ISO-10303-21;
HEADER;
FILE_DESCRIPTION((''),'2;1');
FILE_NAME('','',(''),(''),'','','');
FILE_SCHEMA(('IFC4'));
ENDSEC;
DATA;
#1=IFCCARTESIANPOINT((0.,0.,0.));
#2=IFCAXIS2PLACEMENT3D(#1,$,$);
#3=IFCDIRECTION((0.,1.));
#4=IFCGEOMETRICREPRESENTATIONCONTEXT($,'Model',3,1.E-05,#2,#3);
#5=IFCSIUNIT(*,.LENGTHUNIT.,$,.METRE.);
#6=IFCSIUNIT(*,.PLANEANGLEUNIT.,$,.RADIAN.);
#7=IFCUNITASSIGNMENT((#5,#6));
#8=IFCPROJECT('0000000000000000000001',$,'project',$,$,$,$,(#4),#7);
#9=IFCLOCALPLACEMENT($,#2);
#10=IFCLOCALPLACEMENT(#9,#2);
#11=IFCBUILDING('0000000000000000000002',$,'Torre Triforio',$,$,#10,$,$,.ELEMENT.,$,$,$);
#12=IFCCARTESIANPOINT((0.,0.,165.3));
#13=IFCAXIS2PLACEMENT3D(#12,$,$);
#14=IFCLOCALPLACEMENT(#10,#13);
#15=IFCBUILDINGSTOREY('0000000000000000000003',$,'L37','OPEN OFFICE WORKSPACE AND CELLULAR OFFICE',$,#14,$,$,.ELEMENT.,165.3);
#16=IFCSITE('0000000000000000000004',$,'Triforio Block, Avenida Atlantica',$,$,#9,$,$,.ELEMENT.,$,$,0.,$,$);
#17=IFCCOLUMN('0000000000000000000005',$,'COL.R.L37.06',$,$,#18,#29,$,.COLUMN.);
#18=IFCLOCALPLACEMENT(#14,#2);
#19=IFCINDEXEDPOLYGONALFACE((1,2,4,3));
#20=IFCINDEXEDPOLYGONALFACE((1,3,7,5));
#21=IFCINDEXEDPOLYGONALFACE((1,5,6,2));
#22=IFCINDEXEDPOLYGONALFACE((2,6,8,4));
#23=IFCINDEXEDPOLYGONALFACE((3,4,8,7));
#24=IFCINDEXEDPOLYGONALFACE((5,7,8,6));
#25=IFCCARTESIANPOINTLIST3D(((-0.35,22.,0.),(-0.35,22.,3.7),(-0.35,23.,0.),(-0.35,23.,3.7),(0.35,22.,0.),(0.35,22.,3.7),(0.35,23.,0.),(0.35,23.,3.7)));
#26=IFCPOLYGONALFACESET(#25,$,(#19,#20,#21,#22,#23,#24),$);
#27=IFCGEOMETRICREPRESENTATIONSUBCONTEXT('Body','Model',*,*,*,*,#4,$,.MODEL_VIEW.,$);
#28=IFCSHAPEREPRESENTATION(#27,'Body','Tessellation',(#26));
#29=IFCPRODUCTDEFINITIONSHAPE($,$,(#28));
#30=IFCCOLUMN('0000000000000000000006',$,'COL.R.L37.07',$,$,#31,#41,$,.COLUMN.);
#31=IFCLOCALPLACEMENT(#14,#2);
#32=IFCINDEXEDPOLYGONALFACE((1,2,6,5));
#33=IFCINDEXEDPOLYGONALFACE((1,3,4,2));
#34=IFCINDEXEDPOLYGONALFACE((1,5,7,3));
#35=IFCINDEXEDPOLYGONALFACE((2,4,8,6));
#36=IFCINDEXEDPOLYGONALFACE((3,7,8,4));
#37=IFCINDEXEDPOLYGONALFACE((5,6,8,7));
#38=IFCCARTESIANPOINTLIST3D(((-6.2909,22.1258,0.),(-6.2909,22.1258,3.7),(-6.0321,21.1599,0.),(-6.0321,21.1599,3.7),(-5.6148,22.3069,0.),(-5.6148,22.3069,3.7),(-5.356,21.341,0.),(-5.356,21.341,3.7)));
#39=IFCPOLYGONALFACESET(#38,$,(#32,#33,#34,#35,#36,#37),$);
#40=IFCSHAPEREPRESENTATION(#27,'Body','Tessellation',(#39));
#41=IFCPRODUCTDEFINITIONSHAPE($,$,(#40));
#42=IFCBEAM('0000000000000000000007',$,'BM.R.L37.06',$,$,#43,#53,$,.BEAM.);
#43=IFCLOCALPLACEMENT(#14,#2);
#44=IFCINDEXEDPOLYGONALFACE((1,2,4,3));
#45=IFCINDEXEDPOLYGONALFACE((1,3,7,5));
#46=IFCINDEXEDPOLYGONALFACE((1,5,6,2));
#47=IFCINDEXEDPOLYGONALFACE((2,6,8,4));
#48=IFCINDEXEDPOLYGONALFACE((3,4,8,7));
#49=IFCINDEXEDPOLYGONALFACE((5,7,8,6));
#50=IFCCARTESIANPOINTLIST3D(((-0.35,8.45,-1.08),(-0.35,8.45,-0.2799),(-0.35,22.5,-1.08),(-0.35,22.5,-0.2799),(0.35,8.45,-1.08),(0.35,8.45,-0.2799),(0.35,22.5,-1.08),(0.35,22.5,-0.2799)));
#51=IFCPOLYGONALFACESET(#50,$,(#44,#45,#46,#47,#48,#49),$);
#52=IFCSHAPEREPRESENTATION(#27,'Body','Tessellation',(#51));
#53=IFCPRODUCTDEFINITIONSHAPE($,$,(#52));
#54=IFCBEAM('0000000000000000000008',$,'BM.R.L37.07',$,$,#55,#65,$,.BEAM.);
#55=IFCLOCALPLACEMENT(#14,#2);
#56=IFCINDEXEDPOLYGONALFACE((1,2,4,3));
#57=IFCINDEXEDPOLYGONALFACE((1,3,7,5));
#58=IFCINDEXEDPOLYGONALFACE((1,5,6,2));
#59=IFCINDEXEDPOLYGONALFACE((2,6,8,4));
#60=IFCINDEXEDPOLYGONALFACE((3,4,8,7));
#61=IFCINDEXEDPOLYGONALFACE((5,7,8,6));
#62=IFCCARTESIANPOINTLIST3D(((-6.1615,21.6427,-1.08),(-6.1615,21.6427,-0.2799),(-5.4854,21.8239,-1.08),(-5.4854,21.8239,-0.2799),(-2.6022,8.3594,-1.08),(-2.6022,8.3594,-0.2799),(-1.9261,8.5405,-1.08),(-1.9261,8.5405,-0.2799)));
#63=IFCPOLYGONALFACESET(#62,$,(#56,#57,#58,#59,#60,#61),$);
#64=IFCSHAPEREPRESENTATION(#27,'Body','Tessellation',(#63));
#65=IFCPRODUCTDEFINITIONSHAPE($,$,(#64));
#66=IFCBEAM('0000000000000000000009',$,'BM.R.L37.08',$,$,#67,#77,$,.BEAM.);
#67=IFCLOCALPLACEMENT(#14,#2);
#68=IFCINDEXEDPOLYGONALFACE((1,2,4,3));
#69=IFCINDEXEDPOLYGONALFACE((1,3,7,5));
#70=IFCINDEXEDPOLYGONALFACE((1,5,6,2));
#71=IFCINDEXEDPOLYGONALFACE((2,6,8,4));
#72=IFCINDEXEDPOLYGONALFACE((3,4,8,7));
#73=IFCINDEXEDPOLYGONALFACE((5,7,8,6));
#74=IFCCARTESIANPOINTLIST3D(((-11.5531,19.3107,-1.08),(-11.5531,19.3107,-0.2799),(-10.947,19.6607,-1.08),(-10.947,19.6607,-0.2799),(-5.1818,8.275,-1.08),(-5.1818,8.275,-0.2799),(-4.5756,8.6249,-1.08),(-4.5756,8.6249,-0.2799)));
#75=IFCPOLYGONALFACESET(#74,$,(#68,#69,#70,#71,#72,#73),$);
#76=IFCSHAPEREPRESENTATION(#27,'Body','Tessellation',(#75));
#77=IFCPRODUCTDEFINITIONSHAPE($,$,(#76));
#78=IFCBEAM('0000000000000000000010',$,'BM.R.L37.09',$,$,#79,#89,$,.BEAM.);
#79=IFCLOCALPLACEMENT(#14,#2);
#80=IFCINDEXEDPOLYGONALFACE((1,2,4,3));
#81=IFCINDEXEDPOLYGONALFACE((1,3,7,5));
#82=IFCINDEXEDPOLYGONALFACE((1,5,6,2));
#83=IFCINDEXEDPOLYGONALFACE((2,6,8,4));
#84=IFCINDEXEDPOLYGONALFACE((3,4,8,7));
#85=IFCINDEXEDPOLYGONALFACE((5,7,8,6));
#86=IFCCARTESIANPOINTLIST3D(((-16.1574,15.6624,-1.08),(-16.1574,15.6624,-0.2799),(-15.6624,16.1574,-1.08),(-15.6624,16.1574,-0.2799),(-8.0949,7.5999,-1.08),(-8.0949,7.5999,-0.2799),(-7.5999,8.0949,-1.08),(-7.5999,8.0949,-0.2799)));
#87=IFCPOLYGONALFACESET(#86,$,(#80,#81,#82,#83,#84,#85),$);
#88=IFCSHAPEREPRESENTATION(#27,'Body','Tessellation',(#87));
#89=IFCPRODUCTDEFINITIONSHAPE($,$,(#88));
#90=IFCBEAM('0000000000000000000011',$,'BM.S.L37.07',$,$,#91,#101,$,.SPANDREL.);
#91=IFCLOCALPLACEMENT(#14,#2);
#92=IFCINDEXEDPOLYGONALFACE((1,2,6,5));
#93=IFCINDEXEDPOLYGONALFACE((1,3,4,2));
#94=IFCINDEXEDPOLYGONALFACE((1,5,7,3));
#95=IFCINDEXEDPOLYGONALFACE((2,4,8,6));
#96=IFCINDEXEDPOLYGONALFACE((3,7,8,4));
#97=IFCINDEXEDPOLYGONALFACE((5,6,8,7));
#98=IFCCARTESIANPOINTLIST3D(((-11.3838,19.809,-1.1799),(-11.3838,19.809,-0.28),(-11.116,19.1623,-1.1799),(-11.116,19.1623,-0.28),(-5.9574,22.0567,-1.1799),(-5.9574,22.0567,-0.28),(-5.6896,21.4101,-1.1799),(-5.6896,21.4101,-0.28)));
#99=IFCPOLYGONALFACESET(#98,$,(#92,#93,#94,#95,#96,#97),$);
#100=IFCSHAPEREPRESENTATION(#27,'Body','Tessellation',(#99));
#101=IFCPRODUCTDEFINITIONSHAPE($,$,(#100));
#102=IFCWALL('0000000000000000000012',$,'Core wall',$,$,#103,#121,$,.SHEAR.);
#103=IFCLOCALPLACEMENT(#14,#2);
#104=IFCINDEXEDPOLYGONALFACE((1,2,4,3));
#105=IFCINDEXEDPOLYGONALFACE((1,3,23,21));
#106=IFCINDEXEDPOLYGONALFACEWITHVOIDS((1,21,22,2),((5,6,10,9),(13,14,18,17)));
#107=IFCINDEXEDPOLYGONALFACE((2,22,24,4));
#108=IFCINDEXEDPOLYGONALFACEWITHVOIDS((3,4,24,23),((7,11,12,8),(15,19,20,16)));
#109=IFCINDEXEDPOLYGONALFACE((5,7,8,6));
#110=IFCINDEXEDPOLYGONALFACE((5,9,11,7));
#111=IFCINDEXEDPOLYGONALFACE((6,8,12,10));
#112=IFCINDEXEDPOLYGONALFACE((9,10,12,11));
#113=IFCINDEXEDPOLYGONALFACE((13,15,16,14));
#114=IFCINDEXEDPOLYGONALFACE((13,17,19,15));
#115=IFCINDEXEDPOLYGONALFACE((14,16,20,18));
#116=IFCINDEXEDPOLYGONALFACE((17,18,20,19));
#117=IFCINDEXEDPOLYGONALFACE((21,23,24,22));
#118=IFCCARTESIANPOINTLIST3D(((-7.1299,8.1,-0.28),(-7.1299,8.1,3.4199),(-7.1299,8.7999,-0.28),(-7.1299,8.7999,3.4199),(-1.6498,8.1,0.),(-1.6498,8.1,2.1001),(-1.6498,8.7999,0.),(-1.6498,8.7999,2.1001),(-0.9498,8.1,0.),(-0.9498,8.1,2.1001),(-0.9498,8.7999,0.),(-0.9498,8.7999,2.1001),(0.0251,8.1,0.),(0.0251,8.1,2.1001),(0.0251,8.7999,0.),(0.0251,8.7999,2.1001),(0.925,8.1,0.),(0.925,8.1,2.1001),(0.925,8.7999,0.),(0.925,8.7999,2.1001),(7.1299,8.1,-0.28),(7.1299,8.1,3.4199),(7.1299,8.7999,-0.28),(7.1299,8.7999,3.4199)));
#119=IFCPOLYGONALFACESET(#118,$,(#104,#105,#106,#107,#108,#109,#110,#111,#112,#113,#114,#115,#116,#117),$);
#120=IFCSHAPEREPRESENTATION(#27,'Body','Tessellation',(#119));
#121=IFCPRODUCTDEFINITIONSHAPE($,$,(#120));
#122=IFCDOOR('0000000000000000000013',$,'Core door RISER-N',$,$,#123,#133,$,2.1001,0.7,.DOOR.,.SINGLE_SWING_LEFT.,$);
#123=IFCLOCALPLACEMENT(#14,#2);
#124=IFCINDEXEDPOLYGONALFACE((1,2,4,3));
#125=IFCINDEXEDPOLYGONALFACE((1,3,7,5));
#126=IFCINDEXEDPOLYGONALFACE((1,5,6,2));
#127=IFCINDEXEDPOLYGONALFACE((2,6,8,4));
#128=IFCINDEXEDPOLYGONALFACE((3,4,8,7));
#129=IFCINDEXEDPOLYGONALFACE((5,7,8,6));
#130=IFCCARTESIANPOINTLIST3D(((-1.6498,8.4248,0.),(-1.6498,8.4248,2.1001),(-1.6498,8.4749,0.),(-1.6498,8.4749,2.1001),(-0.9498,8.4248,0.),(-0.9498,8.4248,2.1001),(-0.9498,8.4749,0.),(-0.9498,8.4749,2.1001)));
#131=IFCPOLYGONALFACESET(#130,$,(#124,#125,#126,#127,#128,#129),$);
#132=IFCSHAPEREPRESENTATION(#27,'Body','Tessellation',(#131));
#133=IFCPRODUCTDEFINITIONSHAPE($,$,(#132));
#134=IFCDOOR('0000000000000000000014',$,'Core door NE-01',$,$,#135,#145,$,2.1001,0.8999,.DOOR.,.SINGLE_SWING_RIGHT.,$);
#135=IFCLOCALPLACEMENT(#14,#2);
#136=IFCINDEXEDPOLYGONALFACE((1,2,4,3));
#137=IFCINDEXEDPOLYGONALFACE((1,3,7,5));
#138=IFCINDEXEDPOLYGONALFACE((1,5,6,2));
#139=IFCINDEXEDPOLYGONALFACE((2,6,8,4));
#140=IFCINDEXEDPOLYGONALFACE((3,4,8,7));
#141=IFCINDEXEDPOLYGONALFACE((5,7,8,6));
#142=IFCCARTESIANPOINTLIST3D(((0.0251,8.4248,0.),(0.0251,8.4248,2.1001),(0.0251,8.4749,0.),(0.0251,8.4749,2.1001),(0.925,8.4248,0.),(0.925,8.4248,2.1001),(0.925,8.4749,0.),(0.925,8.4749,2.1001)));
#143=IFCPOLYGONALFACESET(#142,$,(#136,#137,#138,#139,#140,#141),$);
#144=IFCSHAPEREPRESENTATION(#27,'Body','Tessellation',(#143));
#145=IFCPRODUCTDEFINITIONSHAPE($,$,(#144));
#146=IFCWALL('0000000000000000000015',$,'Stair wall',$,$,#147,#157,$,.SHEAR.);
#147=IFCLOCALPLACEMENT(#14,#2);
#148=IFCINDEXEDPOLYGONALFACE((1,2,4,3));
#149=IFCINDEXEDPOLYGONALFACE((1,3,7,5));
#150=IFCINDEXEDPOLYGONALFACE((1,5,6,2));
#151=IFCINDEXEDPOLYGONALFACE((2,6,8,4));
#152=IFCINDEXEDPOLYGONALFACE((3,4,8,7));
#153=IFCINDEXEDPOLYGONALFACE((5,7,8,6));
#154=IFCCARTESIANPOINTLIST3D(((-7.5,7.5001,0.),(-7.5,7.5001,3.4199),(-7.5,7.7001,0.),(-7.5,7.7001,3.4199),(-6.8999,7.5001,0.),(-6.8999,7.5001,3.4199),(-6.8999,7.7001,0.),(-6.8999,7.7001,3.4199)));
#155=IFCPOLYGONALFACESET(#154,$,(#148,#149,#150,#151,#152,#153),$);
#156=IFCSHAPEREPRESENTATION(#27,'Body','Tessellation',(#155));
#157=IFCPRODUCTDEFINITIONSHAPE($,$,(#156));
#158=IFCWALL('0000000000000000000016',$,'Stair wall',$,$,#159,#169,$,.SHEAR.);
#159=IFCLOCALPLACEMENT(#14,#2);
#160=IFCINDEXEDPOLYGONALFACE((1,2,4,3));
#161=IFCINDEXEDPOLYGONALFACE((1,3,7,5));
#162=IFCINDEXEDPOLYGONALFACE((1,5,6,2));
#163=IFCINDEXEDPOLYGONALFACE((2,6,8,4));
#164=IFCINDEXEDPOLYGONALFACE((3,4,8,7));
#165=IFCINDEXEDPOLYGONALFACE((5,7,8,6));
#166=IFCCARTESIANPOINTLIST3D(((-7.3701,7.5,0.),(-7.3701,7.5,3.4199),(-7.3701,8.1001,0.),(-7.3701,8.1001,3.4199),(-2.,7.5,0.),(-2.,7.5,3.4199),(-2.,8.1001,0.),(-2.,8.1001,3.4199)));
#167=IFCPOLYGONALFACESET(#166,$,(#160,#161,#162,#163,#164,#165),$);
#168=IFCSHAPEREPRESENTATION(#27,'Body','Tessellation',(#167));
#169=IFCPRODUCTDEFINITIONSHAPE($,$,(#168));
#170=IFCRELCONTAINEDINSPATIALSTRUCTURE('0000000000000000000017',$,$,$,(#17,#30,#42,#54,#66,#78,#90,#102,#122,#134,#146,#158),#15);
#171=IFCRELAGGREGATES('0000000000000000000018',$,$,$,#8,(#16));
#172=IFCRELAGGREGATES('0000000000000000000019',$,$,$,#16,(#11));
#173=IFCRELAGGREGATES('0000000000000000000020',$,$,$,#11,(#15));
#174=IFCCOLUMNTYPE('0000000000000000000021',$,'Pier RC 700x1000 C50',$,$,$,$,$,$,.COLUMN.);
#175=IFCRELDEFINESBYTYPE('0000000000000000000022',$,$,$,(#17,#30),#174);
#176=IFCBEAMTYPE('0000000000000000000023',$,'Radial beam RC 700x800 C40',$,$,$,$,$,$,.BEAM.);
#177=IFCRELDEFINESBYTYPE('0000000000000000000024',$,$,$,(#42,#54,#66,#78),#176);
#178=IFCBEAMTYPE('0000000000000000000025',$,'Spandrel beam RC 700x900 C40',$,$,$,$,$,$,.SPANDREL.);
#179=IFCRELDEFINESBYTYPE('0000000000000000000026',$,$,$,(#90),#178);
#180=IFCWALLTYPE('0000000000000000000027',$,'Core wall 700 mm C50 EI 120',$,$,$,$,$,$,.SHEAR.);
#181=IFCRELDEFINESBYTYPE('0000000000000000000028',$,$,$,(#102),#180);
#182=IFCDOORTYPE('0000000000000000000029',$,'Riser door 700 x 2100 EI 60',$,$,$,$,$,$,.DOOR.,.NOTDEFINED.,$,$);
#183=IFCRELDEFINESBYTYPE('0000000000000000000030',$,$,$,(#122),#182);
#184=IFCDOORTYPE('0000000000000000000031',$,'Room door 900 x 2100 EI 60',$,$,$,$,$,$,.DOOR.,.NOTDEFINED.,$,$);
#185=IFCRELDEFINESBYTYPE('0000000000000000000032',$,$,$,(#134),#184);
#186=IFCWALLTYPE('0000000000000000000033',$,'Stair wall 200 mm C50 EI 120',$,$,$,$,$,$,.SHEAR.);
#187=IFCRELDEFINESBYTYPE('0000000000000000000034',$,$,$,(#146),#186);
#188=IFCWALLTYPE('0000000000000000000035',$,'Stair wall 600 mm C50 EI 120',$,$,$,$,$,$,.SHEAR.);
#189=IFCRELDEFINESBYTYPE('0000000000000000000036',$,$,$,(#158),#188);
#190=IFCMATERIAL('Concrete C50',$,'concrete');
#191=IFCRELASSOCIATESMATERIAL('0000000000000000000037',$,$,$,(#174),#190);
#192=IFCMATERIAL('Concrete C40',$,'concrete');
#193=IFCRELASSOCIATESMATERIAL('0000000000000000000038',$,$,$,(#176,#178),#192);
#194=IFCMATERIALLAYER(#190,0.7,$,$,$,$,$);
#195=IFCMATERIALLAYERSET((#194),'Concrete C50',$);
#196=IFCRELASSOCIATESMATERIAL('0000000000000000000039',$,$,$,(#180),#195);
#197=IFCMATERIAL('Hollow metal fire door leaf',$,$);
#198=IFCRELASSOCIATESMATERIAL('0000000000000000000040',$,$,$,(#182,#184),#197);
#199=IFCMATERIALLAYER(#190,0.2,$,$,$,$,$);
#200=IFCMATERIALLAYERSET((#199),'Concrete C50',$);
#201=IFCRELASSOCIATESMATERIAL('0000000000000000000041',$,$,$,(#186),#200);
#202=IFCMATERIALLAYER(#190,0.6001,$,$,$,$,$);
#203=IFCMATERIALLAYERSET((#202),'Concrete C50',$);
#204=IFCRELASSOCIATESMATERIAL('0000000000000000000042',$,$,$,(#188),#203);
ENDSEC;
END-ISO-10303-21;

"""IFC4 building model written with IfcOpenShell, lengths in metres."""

from ifc_helpers import new_model, si_unit, direction, frame, frame_2d, origin, origin_2d, place, context, subcontext, project, spatial, rectangle, extrude, material, layer, layer_set, material_profile, profile_set, type_object, element, fill, save


model = new_model("IFC4")

# Units and contexts
model_context = context("Model", 3, precision=1e-05, world=origin(), true_north=direction((0.0, 1.0)))
body_context = subcontext(model_context, "Body", "Model", "MODEL_VIEW")
ifc_project = project(units=[si_unit("LENGTHUNIT", "METRE"), si_unit("PLANEANGLEUNIT", "RADIAN")], contexts=[model_context])

# Site, building, storey
site_placement = place(None, origin())
site = spatial("IfcSite", under=ifc_project, at=site_placement, Name="Triforio Block, Avenida Atlantica", CompositionType="ELEMENT", RefElevation=0.0)
building_placement = place(site_placement, origin())
building = spatial("IfcBuilding", under=site, at=building_placement, Name="Torre Triforio", CompositionType="ELEMENT")
storey_placement = place(building_placement, frame((0.0, 0.0, 165.3)))
storey = spatial("IfcBuildingStorey", under=building, at=storey_placement, Name="L37", Description="OPEN OFFICE WORKSPACE AND CELLULAR OFFICE", CompositionType="ELEMENT", Elevation=165.3)

# Columns
ifc_material_1 = material(Name="Concrete C50", Category="concrete")
ifc_material_profile_1 = material_profile(ifc_material_1, rectangle(XDim=0.7, YDim=1.0, at=origin_2d()), Name="RC 700x1000")
ifc_profile_set_1 = profile_set([ifc_material_profile_1], Name="Concrete C50")
column_type = type_object("IfcColumnType", Name="Pier RC 700x1000 C50", PredefinedType="COLUMN", material=ifc_profile_set_1)
for number, where, z_axis, x_axis, name in (
    (1, (0.0, 22.5, 0.0), (0.0, 0.0, 1.0), (-1.0, 0.0, 0.0), "COL.R.L37.06"),
    (2, (-5.8235, 21.7334, 0.0), (0.0, 0.0, 1.0), (-0.965926, -0.258819, 0.0), "COL.R.L37.07"),
):
    element("IfcColumn", number, at=place(storey_placement, frame(where, z_axis=z_axis, x_axis=x_axis)), inside=storey, type_object=column_type, Name=name, PredefinedType="COLUMN", context=body_context, shape_type="SweptSolid", body=[
        extrude(rectangle(XDim=0.7, YDim=1.0, at=origin_2d()), origin(), (0.0, 0.0, 1.0), 3.7),
    ])

# Beams
ifc_material_2 = material(Name="Concrete C40", Category="concrete")
ifc_material_profile_2 = material_profile(ifc_material_2, rectangle(XDim=0.7, YDim=0.8, at=origin_2d()), Name="RC 700x800")
ifc_profile_set_2 = profile_set([ifc_material_profile_2], Name="Concrete C40")
beam_type_1 = type_object("IfcBeamType", Name="Radial beam RC 700x800 C40", PredefinedType="BEAM", material=ifc_profile_set_2)
beam_1_placement = place(storey_placement, frame((0.0, 8.45, -0.6799), z_axis=(0.0, 1.0, 0.0), x_axis=(-1.0, 0.0, 0.0)))
element("IfcBeam", 3, at=beam_1_placement, inside=storey, type_object=beam_type_1, Name="BM.R.L37.06", PredefinedType="BEAM", context=body_context, shape_type="SweptSolid", body=[
    extrude(rectangle(XDim=0.7, YDim=0.8, at=origin_2d()), origin(), (0.0, 0.0, 1.0), 14.05),
])
beam_2_placement = place(storey_placement, frame((-2.2642, 8.45, -0.6799), z_axis=(-0.258822, 0.965925, 0.0), x_axis=(-0.965925, -0.258822, 0.0)))
element("IfcBeam", 4, at=beam_2_placement, inside=storey, type_object=beam_type_1, Name="BM.R.L37.07", PredefinedType="BEAM", context=body_context, shape_type="SweptSolid", body=[
    extrude(rectangle(XDim=0.7, YDim=0.8, at=origin_2d()), origin(), (0.0, 0.0, 1.0), 13.752),
])
beam_3_placement = place(storey_placement, frame((-4.8787, 8.45, -0.6799), z_axis=(-0.499994, 0.866029, 0.0), x_axis=(-0.866029, -0.499994, 0.0)))
element("IfcBeam", 5, at=beam_3_placement, inside=storey, type_object=beam_type_1, Name="BM.R.L37.08", PredefinedType="BEAM", context=body_context, shape_type="SweptSolid", body=[
    extrude(rectangle(XDim=0.7, YDim=0.8, at=origin_2d()), origin(), (0.0, 0.0, 1.0), 12.7429),
])
beam_4_placement = place(storey_placement, frame((-7.8474, 7.8474, -0.6799), z_axis=(-0.707107, 0.707107, 0.0), x_axis=(-0.707107, -0.707107, 0.0)))
element("IfcBeam", 6, at=beam_4_placement, inside=storey, type_object=beam_type_1, Name="BM.R.L37.09", PredefinedType="BEAM", context=body_context, shape_type="SweptSolid", body=[
    extrude(rectangle(XDim=0.7, YDim=0.8, at=origin_2d()), origin(), (0.0, 0.0, 1.0), 11.4021),
])
ifc_material_profile_3 = material_profile(ifc_material_2, rectangle(XDim=0.7, YDim=0.8999, at=origin_2d()), Name="RC 700x900")
ifc_profile_set_3 = profile_set([ifc_material_profile_3], Name="Concrete C40")
beam_type_2 = type_object("IfcBeamType", Name="Spandrel beam RC 700x900 C40", PredefinedType="SPANDREL", material=ifc_profile_set_3)
beam_5_placement = place(storey_placement, frame((-5.8235, 21.7334, -0.73), z_axis=(-0.923875, -0.382693, 0.0), x_axis=(0.382693, -0.923875, 0.0)))
element("IfcBeam", 7, at=beam_5_placement, inside=storey, type_object=beam_type_2, Name="BM.S.L37.07", PredefinedType="SPANDREL", context=body_context, shape_type="SweptSolid", body=[
    extrude(rectangle(XDim=0.7, YDim=0.8999, at=origin_2d()), origin(), (0.0, 0.0, 1.0), 5.8735),
])

# Wall, openings, doors
ifc_layer_1 = layer(ifc_material_1, 0.7)
ifc_layer_set_1 = layer_set([ifc_layer_1], Name="Concrete C50")
wall_type_1 = type_object("IfcWallType", Name="Core wall 700 mm C50 EI 120", PredefinedType="SHEAR", material=ifc_layer_set_1)
wall_1_placement = place(storey_placement, frame((-7.1299, 8.45, -0.28), z_axis=(0.0, 0.0, 1.0), x_axis=(1.0, 0.0, 0.0)))
wall_1 = element("IfcWall", 8, at=wall_1_placement, inside=storey, type_object=wall_type_1, Name="Core wall", PredefinedType="SHEAR", context=body_context, shape_type="SweptSolid", body=[
    extrude(rectangle(XDim=14.2598, YDim=0.7, at=frame_2d((7.1299, 0.0))), origin(), (0.0, 0.0, 1.0), 3.7),
])
opening_1_placement = place(wall_1_placement, frame((5.48, 0.0, 0.28)))
opening_1 = element("IfcOpeningElement", 9, at=opening_1_placement, cuts=wall_1, PredefinedType="OPENING", context=body_context, shape_type="SweptSolid", body=[
    extrude(rectangle(XDim=0.7, YDim=2.1001, at=frame_2d((0.3501, 1.05))), frame((0.0, 0.3599, 0.0), z_axis=(0.0, -1.0, 0.0), x_axis=(1.0, 0.0, 0.0)), (0.0, 0.0, 1.0), 0.72),
])
opening_2_placement = place(wall_1_placement, frame((7.155, 0.0, 0.28)))
opening_2 = element("IfcOpeningElement", 10, at=opening_2_placement, cuts=wall_1, PredefinedType="OPENING", context=body_context, shape_type="SweptSolid", body=[
    extrude(rectangle(XDim=0.8999, YDim=2.1001, at=frame_2d((0.45, 1.05))), frame((0.0, 0.3599, 0.0), z_axis=(0.0, -1.0, 0.0), x_axis=(1.0, 0.0, 0.0)), (0.0, 0.0, 1.0), 0.72),
])
ifc_material_3 = material(Name="Hollow metal fire door leaf")
door_type_1 = type_object("IfcDoorType", Name="Riser door 700 x 2100 EI 60", OperationType="NOTDEFINED", PredefinedType="DOOR", material=ifc_material_3)
door_1_placement = place(opening_1_placement, origin())
door_1 = element("IfcDoor", 11, at=door_1_placement, inside=storey, type_object=door_type_1, Name="Core door RISER-N", OperationType="SINGLE_SWING_LEFT", OverallHeight=2.1001, OverallWidth=0.7, PredefinedType="DOOR", context=body_context, shape_type="SweptSolid", body=[
    extrude(rectangle(XDim=0.7, YDim=2.1001, at=frame_2d((0.3501, 1.05))), frame((0.0, 0.0249, 0.0), z_axis=(0.0, -1.0, 0.0), x_axis=(1.0, 0.0, 0.0)), (0.0, 0.0, 1.0), 0.05),
])
fill(opening_1, door_1)
door_type_2 = type_object("IfcDoorType", Name="Room door 900 x 2100 EI 60", OperationType="NOTDEFINED", PredefinedType="DOOR", material=ifc_material_3)
door_2_placement = place(opening_2_placement, origin())
door_2 = element("IfcDoor", 12, at=door_2_placement, inside=storey, type_object=door_type_2, Name="Core door NE-01", OperationType="SINGLE_SWING_RIGHT", OverallHeight=2.1001, OverallWidth=0.8999, PredefinedType="DOOR", context=body_context, shape_type="SweptSolid", body=[
    extrude(rectangle(XDim=0.8999, YDim=2.1001, at=frame_2d((0.45, 1.05))), frame((0.0, 0.0249, 0.0), z_axis=(0.0, -1.0, 0.0), x_axis=(1.0, 0.0, 0.0)), (0.0, 0.0, 1.0), 0.05),
])
fill(opening_2, door_2)

# Walls
ifc_layer_2 = layer(ifc_material_1, 0.2)
ifc_layer_set_2 = layer_set([ifc_layer_2], Name="Concrete C50")
wall_type_2 = type_object("IfcWallType", Name="Stair wall 200 mm C50 EI 120", PredefinedType="SHEAR", material=ifc_layer_set_2)
wall_2_placement = place(storey_placement, frame((-7.5, 7.6001, 0.0), z_axis=(0.0, 0.0, 1.0), x_axis=(1.0, 0.0, 0.0)))
element("IfcWall", 13, at=wall_2_placement, inside=storey, type_object=wall_type_2, Name="Stair wall", PredefinedType="SHEAR", context=body_context, shape_type="SweptSolid", body=[
    extrude(rectangle(XDim=0.6001, YDim=0.2, at=frame_2d((0.3, 0.0))), origin(), (0.0, 0.0, 1.0), 3.4199),
])
ifc_layer_3 = layer(ifc_material_1, 0.6001)
ifc_layer_set_3 = layer_set([ifc_layer_3], Name="Concrete C50")
wall_type_3 = type_object("IfcWallType", Name="Stair wall 600 mm C50 EI 120", PredefinedType="SHEAR", material=ifc_layer_set_3)
wall_3_placement = place(storey_placement, frame((-7.3701, 7.8, 0.0), z_axis=(0.0, 0.0, 1.0), x_axis=(1.0, 0.0, 0.0)))
element("IfcWall", 14, at=wall_3_placement, inside=storey, type_object=wall_type_3, Name="Stair wall", PredefinedType="SHEAR", context=body_context, shape_type="SweptSolid", body=[
    extrude(rectangle(XDim=5.3701, YDim=0.6001, at=frame_2d((2.6851, 0.0))), origin(), (0.0, 0.0, 1.0), 3.4199),
])

save(model, "model.ifc")
